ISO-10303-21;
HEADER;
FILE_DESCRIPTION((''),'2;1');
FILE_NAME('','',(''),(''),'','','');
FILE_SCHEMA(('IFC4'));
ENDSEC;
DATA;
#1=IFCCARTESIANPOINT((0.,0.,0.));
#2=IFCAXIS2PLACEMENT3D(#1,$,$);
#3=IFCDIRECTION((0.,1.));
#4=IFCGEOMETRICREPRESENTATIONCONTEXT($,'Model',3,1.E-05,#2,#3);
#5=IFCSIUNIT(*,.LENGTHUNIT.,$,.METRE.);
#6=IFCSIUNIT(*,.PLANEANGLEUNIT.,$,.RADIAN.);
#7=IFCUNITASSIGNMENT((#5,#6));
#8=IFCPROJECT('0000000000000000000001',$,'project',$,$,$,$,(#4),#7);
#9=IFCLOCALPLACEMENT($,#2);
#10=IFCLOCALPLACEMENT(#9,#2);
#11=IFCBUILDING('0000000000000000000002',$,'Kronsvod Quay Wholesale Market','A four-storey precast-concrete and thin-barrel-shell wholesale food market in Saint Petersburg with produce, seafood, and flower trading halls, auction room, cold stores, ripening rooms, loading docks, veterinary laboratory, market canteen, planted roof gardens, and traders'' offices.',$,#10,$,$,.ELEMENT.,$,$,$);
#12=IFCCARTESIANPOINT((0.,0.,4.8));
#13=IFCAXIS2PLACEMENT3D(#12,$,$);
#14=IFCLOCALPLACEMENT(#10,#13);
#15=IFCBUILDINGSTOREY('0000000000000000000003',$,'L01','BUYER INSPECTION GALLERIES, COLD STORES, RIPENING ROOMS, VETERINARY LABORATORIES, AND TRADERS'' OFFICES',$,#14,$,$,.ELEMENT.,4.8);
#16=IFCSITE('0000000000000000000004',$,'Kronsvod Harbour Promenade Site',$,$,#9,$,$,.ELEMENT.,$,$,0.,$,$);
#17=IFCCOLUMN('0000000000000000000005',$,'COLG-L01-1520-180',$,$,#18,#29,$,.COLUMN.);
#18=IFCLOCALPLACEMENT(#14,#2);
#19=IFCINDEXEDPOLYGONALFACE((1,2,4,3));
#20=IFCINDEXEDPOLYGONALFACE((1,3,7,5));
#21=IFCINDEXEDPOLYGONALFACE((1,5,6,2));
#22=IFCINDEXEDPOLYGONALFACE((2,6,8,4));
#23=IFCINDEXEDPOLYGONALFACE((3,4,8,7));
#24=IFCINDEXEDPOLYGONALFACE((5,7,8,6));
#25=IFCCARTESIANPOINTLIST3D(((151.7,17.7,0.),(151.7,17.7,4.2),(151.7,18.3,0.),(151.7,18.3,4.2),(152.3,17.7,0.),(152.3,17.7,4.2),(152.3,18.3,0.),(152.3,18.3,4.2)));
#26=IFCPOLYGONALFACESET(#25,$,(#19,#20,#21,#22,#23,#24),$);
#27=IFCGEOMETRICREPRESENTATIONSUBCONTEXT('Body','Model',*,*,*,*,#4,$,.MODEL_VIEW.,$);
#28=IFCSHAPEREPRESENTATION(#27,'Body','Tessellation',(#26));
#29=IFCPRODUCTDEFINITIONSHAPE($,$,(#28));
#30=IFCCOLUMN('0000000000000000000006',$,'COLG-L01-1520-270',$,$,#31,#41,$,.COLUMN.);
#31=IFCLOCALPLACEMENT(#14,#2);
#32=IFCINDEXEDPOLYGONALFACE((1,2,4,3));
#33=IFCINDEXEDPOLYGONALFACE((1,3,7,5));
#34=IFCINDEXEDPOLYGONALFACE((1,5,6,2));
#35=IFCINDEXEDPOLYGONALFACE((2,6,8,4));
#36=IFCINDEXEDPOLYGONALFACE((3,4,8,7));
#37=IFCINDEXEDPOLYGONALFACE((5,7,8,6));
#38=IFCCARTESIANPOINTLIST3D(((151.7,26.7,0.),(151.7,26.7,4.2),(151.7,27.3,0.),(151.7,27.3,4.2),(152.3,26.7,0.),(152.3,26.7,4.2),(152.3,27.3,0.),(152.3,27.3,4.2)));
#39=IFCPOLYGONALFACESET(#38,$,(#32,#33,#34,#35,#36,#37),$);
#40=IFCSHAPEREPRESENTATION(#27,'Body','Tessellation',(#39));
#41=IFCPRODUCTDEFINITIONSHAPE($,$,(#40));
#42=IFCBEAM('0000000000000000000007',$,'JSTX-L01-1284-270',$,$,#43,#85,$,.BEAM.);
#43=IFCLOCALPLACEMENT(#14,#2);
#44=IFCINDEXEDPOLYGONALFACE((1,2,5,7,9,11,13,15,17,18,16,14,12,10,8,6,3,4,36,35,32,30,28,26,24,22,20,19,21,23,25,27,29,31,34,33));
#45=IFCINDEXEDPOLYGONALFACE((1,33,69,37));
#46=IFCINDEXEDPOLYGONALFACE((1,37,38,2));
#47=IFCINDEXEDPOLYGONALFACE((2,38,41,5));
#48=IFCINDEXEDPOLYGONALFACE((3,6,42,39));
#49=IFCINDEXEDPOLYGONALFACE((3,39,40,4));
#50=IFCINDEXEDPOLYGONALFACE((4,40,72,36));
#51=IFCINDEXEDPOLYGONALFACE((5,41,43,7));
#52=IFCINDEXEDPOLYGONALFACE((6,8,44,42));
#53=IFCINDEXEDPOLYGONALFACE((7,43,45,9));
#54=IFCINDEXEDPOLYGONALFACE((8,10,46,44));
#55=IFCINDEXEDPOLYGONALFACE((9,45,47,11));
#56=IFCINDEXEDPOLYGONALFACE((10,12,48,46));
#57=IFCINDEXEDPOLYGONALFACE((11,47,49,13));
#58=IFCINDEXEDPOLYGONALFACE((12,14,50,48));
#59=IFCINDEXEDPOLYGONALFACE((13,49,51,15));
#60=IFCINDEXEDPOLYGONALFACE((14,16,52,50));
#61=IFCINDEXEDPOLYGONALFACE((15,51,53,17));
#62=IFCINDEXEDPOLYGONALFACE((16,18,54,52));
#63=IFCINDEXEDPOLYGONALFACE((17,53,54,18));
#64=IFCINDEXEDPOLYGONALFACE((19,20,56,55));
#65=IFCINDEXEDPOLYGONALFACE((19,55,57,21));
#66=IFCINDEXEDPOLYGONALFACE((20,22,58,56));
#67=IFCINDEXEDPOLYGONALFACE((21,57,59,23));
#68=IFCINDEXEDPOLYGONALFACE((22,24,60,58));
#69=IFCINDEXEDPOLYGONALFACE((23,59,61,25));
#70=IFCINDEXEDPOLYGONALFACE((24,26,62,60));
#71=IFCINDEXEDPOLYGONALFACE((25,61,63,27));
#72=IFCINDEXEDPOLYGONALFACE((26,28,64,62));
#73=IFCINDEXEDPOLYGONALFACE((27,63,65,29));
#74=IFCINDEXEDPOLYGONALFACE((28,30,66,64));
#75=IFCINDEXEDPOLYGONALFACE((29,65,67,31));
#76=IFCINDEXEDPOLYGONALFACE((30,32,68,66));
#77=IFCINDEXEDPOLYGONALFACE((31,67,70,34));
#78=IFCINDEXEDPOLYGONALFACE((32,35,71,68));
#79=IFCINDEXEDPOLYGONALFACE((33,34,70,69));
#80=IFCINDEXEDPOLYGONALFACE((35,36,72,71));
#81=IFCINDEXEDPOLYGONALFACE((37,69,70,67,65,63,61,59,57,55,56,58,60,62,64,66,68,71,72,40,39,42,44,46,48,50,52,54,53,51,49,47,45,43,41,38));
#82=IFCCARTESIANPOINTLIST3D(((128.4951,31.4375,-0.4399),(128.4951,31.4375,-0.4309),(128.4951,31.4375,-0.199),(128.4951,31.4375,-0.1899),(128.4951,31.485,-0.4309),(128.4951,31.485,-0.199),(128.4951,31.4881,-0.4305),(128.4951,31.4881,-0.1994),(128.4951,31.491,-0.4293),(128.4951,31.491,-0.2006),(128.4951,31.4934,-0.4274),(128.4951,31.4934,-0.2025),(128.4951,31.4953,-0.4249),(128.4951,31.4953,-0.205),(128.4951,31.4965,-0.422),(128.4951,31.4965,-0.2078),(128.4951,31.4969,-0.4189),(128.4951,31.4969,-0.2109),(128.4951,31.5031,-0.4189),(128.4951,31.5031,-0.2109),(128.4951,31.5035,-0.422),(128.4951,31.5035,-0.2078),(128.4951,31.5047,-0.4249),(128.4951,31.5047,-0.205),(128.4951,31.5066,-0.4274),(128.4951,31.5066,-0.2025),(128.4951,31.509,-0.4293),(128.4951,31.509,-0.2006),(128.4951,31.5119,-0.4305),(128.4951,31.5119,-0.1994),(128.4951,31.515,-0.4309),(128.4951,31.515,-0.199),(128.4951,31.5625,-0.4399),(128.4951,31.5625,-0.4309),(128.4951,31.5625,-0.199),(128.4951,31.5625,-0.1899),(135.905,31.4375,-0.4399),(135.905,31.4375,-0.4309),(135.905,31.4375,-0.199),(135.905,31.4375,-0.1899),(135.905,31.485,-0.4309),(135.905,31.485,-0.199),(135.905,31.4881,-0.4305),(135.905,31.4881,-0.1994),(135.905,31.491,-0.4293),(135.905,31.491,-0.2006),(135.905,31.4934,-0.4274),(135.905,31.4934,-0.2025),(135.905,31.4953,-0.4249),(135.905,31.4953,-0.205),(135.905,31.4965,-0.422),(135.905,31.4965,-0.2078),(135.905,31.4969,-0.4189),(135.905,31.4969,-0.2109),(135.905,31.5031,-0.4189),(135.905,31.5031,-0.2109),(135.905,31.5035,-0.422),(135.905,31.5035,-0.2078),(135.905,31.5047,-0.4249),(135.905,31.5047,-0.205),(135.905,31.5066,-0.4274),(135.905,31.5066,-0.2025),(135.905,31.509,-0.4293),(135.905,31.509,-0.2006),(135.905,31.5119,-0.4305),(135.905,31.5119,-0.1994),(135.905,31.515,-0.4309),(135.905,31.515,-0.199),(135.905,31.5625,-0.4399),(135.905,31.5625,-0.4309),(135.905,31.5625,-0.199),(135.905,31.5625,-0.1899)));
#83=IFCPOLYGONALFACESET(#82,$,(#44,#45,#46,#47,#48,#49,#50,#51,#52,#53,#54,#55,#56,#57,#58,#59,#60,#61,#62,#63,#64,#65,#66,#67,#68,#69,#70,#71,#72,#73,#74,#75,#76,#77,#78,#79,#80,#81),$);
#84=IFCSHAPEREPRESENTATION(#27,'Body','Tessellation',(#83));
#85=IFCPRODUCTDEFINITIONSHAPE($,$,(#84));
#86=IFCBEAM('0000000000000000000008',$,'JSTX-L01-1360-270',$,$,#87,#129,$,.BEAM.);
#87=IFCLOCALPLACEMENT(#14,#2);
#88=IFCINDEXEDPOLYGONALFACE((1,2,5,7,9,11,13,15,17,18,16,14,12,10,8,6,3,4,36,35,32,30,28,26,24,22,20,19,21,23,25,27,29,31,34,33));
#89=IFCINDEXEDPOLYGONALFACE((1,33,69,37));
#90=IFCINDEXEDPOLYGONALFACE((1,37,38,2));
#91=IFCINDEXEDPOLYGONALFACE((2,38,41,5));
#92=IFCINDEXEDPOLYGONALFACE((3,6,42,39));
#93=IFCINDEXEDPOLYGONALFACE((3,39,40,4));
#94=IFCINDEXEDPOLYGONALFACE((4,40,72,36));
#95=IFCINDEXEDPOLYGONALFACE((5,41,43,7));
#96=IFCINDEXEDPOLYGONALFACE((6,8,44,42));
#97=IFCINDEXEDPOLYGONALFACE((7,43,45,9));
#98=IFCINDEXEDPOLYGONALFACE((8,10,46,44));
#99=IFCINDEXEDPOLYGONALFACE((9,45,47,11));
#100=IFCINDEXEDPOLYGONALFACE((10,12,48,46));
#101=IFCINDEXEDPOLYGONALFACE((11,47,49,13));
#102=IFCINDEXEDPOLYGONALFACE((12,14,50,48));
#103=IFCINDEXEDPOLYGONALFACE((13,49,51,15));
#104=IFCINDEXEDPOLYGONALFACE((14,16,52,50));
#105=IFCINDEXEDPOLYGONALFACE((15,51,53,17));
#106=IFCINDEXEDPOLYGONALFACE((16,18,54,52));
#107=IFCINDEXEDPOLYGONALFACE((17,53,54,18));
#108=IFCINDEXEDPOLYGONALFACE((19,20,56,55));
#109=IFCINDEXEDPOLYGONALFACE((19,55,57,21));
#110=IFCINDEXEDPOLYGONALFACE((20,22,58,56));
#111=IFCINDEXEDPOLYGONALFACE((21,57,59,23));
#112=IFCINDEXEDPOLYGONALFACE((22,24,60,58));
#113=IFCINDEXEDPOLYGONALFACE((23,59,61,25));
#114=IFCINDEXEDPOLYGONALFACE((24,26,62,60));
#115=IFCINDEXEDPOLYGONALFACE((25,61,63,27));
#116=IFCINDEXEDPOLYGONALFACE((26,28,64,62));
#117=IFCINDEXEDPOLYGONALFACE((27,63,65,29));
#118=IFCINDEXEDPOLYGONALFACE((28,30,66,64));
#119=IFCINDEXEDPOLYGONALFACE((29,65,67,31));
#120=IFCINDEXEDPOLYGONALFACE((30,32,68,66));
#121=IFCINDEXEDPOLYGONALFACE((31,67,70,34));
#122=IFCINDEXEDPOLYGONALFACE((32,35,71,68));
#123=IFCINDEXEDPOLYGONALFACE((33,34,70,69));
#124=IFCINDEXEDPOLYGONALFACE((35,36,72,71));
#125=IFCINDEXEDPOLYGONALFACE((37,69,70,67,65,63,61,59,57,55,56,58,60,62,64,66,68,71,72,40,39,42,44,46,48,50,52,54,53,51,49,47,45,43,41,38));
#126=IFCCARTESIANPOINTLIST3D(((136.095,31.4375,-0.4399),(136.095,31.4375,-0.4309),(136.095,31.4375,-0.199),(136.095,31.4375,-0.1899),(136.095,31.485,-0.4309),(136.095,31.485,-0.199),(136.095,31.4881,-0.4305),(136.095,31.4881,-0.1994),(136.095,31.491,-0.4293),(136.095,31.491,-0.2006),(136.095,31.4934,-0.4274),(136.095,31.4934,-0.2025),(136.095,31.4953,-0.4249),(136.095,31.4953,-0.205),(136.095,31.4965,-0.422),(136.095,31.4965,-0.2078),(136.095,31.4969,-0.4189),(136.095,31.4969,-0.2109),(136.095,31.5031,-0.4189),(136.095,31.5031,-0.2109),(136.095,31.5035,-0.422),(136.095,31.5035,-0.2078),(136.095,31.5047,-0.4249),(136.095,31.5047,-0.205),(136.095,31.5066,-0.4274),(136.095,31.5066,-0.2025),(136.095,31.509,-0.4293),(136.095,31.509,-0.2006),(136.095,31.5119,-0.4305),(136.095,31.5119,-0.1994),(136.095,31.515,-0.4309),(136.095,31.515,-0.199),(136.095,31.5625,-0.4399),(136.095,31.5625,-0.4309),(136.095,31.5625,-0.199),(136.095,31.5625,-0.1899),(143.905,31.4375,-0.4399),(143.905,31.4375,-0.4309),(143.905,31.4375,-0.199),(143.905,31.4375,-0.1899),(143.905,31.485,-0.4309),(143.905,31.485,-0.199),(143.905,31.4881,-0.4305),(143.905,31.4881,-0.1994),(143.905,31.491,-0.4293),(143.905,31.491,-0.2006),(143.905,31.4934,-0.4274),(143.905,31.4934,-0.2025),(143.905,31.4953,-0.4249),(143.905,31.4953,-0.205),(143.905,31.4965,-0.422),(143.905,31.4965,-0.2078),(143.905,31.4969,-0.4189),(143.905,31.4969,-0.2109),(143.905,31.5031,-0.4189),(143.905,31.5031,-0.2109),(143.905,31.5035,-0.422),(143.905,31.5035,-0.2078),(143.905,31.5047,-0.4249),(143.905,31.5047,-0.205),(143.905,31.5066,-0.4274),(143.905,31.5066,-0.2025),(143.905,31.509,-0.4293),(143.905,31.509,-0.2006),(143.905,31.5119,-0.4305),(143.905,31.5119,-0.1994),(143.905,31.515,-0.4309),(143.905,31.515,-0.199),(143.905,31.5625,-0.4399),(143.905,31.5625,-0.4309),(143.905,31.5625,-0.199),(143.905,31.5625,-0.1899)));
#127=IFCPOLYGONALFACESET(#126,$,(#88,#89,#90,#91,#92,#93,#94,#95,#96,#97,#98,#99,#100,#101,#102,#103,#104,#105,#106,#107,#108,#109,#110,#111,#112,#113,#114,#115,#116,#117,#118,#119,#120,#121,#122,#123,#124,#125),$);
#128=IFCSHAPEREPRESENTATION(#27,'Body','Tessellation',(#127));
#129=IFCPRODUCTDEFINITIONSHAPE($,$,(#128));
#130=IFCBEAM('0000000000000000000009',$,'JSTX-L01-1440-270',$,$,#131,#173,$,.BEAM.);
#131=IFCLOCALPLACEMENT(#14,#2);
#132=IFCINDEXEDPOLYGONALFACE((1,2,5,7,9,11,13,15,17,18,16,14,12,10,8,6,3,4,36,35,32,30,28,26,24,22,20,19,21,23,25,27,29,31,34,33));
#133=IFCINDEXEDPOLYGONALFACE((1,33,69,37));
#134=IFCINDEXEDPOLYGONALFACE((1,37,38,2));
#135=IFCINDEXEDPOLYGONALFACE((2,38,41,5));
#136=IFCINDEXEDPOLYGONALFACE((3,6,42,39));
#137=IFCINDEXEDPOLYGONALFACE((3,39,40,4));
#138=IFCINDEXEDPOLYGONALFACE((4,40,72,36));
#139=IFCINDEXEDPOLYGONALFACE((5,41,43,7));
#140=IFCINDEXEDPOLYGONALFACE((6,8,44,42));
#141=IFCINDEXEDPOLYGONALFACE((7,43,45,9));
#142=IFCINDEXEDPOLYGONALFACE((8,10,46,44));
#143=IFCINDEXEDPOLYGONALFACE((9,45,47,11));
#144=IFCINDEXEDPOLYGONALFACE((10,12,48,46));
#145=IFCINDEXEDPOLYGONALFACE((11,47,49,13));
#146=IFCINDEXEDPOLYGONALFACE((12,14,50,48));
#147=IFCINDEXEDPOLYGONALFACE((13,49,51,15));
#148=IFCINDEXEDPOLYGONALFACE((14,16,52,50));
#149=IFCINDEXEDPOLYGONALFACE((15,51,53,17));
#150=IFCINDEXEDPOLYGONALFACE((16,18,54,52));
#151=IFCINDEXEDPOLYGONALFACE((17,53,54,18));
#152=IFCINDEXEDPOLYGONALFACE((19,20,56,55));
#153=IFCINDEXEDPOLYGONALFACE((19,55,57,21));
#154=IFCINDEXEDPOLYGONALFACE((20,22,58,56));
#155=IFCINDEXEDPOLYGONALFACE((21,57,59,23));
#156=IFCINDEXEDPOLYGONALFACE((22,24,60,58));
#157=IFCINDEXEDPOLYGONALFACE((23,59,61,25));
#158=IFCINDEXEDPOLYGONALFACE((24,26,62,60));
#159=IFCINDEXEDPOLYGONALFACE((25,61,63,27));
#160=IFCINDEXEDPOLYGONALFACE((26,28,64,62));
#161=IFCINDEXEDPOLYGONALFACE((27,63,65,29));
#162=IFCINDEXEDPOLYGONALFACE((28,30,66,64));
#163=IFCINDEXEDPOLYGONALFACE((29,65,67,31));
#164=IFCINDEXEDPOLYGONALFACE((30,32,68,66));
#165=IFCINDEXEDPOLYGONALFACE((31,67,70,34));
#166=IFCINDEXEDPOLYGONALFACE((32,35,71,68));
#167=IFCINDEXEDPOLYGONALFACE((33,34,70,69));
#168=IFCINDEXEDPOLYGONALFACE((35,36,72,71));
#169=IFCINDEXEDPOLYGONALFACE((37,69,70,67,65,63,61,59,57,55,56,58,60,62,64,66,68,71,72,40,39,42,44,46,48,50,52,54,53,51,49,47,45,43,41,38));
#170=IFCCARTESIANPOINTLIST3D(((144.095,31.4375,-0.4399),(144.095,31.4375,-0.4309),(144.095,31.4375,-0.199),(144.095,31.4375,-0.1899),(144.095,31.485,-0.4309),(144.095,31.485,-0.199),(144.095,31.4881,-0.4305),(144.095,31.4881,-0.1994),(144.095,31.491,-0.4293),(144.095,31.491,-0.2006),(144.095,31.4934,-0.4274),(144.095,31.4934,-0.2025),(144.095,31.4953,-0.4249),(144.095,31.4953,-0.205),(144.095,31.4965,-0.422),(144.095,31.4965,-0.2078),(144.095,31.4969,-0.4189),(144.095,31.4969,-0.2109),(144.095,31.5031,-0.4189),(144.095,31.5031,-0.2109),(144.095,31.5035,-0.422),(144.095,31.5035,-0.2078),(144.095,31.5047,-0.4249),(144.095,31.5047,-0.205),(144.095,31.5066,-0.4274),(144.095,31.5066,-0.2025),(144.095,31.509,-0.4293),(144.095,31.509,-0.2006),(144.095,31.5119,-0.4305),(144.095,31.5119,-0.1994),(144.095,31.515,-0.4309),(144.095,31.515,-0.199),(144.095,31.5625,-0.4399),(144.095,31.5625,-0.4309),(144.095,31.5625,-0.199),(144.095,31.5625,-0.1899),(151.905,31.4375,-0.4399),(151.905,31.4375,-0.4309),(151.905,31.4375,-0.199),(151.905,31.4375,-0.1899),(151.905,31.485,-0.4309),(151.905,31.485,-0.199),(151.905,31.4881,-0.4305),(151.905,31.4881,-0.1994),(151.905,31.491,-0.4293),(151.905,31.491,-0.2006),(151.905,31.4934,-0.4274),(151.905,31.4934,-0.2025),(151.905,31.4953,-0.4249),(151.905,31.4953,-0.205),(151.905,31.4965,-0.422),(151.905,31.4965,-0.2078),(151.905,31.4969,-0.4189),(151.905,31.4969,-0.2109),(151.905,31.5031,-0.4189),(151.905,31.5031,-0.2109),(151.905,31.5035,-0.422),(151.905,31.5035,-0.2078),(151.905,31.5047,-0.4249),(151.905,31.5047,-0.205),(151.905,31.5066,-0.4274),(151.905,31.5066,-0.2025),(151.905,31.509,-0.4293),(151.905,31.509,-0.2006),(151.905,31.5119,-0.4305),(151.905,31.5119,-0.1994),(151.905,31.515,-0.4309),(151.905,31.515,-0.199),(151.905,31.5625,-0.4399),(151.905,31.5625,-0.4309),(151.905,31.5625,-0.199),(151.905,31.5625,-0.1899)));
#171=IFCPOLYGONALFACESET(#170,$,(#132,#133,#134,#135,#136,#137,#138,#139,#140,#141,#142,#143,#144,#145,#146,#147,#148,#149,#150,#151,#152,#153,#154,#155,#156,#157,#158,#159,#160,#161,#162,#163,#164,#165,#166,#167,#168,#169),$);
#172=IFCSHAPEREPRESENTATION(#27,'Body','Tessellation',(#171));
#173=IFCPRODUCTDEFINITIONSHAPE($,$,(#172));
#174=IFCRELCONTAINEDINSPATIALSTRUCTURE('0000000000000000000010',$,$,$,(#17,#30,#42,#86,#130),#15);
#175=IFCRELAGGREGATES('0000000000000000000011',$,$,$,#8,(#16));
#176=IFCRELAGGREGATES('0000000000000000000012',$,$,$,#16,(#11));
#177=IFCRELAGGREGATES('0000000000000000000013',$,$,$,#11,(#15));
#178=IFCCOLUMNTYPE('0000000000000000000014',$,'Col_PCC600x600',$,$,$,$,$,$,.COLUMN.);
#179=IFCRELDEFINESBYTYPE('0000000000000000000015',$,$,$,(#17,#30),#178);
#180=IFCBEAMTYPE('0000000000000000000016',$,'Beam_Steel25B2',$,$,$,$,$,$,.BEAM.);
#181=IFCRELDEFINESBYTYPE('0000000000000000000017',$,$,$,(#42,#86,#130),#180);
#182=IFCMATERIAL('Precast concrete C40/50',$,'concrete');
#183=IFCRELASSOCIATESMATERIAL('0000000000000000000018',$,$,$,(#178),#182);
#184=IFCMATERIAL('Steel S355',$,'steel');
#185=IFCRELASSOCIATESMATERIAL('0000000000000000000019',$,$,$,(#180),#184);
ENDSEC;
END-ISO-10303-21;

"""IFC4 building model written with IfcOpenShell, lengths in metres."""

from ifc_helpers import new_model, si_unit, direction, frame, origin, origin_2d, place, context, subcontext, project, spatial, rectangle, i_section, extrude, material, material_profile, profile_set, type_object, element, save


model = new_model("IFC4")

# Units and contexts
model_context = context("Model", 3, precision=1e-05, world=origin(), true_north=direction((0.0, 1.0)))
body_context = subcontext(model_context, "Body", "Model", "MODEL_VIEW")
ifc_project = project(units=[si_unit("LENGTHUNIT", "METRE"), si_unit("PLANEANGLEUNIT", "RADIAN")], contexts=[model_context])

# Site, building, storey
site_placement = place(None, origin())
site = spatial("IfcSite", under=ifc_project, at=site_placement, Name="Kronsvod Harbour Promenade Site", CompositionType="ELEMENT", RefElevation=0.0)
building_placement = place(site_placement, origin())
building = spatial("IfcBuilding", under=site, at=building_placement, Name="Kronsvod Quay Wholesale Market", Description="A four-storey precast-concrete and thin-barrel-shell wholesale food market in Saint Petersburg with produce, seafood, and flower trading halls, auction room, cold stores, ripening rooms, loading docks, veterinary laboratory, market canteen, planted roof gardens, and traders' offices.", CompositionType="ELEMENT")
storey_placement = place(building_placement, frame((0.0, 0.0, 4.8)))
storey = spatial("IfcBuildingStorey", under=building, at=storey_placement, Name="L01", Description="BUYER INSPECTION GALLERIES, COLD STORES, RIPENING ROOMS, VETERINARY LABORATORIES, AND TRADERS' OFFICES", CompositionType="ELEMENT", Elevation=4.8)

# Columns
ifc_material_1 = material(Name="Precast concrete C40/50", Category="concrete")
ifc_material_profile_1 = material_profile(ifc_material_1, rectangle(XDim=0.6001, YDim=0.6001, at=origin_2d()), Name="PCC600x600")
ifc_profile_set_1 = profile_set([ifc_material_profile_1], Name="Precast concrete C40/50")
column_type = type_object("IfcColumnType", Name="Col_PCC600x600", PredefinedType="COLUMN", material=ifc_profile_set_1)
for number, where, z_axis, x_axis, name in (
    (1, (152.0, 18.0, 0.0), (0.0, 0.0, 1.0), (1.0, 0.0, 0.0), "COLG-L01-1520-180"),
    (2, (152.0, 27.0, 0.0), (0.0, 0.0, 1.0), (1.0, 0.0, 0.0), "COLG-L01-1520-270"),
):
    element("IfcColumn", number, at=place(storey_placement, frame(where, z_axis=z_axis, x_axis=x_axis)), inside=storey, type_object=column_type, Name=name, PredefinedType="COLUMN", context=body_context, shape_type="SweptSolid", body=[
        extrude(rectangle(XDim=0.6001, YDim=0.6001, at=origin_2d()), origin(), (0.0, 0.0, 1.0), 4.2),
    ])

# Beams
ifc_material_2 = material(Name="Steel S355", Category="steel")
ifc_material_profile_2 = material_profile(ifc_material_2, i_section(OverallWidth=0.125, OverallDepth=0.25, WebThickness=0.0061, FlangeThickness=0.009, FilletRadius=0.012, at=origin_2d()), Name="25B2")
ifc_profile_set_2 = profile_set([ifc_material_profile_2], Name="Steel S355")
beam_type_1 = type_object("IfcBeamType", Name="Beam_Steel25B2", PredefinedType="BEAM", material=ifc_profile_set_2)
beam_1_placement = place(storey_placement, frame((128.4951, 31.5, -0.3149), z_axis=(1.0, 0.0, 0.0), x_axis=(0.0, 1.0, 0.0)))
element("IfcBeam", 3, at=beam_1_placement, inside=storey, type_object=beam_type_1, Name="JSTX-L01-1284-270", PredefinedType="BEAM", context=body_context, shape_type="SweptSolid", body=[
    extrude(i_section(OverallWidth=0.125, OverallDepth=0.25, WebThickness=0.0061, FlangeThickness=0.009, FilletRadius=0.012, at=origin_2d()), origin(), (0.0, 0.0, 1.0), 7.4099),
])
for number, where, z_axis, x_axis, name in (
    (4, (136.095, 31.5, -0.3149), (1.0, 0.0, 0.0), (0.0, 1.0, 0.0), "JSTX-L01-1360-270"),
    (5, (144.095, 31.5, -0.3149), (1.0, 0.0, 0.0), (0.0, 1.0, 0.0), "JSTX-L01-1440-270"),
):
    element("IfcBeam", number, at=place(storey_placement, frame(where, z_axis=z_axis, x_axis=x_axis)), inside=storey, type_object=beam_type_1, Name=name, PredefinedType="BEAM", context=body_context, shape_type="SweptSolid", body=[
        extrude(i_section(OverallWidth=0.125, OverallDepth=0.25, WebThickness=0.0061, FlangeThickness=0.009, FilletRadius=0.012, at=origin_2d()), origin(), (0.0, 0.0, 1.0), 7.8101),
    ])

save(model, "model.ifc")
